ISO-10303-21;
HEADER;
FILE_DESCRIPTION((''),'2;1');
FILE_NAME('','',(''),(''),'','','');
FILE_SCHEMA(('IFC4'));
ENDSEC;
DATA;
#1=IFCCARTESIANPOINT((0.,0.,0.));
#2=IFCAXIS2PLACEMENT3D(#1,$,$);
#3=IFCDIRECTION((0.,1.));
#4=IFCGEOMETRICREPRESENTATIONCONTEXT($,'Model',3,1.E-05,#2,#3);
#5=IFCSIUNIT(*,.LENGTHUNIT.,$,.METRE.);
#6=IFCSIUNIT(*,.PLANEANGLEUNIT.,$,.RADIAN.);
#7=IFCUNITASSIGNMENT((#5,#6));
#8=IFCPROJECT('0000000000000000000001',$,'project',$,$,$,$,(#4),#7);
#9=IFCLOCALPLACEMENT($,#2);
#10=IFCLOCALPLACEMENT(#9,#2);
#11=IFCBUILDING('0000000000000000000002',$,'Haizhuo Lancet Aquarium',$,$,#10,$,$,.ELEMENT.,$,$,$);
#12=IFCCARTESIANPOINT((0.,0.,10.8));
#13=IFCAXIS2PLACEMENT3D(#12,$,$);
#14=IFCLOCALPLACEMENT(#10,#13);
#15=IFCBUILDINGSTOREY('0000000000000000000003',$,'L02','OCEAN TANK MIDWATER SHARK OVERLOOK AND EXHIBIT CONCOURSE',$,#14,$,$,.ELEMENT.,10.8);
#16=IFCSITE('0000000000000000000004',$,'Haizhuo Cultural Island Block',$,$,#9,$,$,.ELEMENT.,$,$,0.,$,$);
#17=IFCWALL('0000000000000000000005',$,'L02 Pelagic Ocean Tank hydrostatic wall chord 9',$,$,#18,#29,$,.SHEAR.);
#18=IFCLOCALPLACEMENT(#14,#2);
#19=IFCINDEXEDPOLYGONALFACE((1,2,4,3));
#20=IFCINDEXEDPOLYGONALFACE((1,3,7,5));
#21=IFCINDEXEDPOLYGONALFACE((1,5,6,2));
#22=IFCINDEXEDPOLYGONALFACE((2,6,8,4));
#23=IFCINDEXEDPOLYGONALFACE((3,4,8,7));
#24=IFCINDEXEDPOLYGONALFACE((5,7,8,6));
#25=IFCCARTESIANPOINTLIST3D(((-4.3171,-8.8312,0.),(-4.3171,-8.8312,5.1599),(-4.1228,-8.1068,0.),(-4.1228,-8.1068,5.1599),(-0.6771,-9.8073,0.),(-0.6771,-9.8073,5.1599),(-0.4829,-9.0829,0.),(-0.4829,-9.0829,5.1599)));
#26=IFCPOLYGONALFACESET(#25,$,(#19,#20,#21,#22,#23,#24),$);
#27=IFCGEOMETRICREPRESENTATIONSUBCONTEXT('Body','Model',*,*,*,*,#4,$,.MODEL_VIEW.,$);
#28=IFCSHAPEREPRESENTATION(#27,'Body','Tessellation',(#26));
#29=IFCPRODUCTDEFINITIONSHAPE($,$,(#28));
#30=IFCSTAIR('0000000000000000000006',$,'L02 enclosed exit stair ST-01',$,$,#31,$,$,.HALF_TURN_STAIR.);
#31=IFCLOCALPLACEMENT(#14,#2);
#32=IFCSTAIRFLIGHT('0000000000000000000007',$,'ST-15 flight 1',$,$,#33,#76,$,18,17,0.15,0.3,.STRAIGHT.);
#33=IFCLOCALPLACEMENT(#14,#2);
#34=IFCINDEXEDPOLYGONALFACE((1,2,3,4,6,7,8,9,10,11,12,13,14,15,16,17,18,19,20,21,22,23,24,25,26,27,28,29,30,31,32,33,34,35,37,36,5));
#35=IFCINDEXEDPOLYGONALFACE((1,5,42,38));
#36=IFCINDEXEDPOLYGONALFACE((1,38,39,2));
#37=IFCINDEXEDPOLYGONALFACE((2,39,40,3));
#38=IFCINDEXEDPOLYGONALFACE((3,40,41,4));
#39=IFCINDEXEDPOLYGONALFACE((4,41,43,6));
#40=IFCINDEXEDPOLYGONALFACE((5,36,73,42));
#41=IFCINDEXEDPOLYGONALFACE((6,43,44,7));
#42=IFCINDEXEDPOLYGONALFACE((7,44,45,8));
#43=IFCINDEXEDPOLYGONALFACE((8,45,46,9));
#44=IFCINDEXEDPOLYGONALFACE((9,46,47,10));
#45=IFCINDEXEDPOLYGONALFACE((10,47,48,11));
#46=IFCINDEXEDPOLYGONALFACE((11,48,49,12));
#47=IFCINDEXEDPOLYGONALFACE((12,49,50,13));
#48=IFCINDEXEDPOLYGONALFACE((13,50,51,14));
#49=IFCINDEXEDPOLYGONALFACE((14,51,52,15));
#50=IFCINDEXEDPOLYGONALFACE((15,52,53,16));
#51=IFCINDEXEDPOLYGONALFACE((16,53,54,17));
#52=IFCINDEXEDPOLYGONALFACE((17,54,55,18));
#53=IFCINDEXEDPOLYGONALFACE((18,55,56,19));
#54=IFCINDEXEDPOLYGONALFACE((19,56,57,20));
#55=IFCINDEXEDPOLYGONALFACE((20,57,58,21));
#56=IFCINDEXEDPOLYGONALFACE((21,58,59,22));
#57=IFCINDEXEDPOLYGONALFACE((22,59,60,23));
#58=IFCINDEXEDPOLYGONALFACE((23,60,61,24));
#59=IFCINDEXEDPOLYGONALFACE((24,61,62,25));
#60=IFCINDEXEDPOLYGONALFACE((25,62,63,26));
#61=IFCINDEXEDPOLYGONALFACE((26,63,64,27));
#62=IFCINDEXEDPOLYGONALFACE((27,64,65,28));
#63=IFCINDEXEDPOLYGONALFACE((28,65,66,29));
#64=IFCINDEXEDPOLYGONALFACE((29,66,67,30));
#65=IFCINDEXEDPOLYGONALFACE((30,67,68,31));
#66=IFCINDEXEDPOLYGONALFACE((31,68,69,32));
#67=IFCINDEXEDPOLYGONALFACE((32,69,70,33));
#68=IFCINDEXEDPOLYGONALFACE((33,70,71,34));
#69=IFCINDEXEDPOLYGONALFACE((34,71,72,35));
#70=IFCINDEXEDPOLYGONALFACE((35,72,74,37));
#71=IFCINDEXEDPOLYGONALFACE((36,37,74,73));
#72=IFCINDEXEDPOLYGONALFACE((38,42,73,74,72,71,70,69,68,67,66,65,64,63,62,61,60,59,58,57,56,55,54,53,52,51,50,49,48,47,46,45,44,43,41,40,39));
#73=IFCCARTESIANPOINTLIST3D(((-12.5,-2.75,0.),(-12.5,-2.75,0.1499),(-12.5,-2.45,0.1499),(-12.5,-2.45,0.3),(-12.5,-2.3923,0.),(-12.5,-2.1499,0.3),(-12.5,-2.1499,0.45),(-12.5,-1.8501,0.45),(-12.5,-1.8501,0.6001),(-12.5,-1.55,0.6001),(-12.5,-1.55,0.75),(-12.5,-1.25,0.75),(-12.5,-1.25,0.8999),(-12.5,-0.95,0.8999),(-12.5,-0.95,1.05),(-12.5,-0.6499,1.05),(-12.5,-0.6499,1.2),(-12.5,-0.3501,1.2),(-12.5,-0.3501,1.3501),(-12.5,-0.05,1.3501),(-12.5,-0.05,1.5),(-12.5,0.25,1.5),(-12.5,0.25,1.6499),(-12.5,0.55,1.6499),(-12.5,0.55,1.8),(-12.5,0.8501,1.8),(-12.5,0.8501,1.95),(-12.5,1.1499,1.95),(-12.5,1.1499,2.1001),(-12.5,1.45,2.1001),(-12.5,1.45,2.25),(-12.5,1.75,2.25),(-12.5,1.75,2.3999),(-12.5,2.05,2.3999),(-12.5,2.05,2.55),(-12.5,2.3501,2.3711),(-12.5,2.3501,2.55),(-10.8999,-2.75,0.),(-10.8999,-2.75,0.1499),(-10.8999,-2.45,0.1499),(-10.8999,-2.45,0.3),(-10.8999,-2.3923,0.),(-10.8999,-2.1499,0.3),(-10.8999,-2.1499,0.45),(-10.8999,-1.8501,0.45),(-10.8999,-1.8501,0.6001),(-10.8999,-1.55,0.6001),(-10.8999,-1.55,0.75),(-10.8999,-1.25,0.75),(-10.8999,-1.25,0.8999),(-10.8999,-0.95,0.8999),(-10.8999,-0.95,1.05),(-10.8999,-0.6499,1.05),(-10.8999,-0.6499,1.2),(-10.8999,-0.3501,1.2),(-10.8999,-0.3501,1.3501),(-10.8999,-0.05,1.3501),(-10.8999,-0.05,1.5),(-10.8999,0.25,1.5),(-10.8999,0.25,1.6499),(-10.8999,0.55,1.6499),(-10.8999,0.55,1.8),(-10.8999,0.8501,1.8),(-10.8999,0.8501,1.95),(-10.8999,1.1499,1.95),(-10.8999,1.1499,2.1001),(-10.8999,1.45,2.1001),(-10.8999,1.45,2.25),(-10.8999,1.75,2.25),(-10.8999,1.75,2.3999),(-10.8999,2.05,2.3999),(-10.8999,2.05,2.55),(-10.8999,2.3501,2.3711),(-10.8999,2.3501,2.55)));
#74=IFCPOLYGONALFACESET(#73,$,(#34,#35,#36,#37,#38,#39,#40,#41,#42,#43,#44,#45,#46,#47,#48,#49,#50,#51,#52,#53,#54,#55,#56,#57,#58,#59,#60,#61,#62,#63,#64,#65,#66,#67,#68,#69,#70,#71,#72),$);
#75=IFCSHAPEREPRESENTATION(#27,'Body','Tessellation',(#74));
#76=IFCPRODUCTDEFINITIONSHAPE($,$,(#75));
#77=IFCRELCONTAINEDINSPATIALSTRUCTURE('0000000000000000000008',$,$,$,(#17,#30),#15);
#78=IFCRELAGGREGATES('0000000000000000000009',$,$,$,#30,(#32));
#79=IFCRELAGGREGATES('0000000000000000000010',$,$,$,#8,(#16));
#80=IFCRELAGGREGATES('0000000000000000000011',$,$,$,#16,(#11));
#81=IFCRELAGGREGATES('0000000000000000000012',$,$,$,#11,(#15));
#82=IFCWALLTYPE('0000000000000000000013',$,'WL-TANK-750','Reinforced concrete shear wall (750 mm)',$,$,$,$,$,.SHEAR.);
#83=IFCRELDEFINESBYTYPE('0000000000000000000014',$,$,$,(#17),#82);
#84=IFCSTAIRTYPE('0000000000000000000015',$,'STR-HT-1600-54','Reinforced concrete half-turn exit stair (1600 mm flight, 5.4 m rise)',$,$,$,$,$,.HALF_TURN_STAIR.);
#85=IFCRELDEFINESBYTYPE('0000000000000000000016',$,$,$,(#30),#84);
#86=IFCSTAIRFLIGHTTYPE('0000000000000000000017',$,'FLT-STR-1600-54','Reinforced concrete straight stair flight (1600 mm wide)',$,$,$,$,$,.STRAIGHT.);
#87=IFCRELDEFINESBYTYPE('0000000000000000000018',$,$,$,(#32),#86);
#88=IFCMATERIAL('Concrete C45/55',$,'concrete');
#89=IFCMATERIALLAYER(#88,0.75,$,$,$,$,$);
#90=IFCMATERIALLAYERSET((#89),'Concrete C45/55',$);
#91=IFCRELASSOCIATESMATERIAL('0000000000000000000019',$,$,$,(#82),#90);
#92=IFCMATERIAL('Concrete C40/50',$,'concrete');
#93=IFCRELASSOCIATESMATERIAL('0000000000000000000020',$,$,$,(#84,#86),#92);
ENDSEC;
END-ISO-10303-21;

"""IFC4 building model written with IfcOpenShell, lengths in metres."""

from ifc_helpers import new_model, si_unit, direction, frame, frame_2d, origin, place, context, subcontext, project, spatial, polyline, rectangle, outline, extrude, material, layer, layer_set, type_object, element, aggregate, save


model = new_model("IFC4")

# Units and contexts
model_context = context("Model", 3, precision=1e-05, world=origin(), true_north=direction((0.0, 1.0)))
body_context = subcontext(model_context, "Body", "Model", "MODEL_VIEW")
ifc_project = project(units=[si_unit("LENGTHUNIT", "METRE"), si_unit("PLANEANGLEUNIT", "RADIAN")], contexts=[model_context])

# Site, building, storey
site_placement = place(None, origin())
site = spatial("IfcSite", under=ifc_project, at=site_placement, Name="Haizhuo Cultural Island Block", CompositionType="ELEMENT", RefElevation=0.0)
building_placement = place(site_placement, origin())
building = spatial("IfcBuilding", under=site, at=building_placement, Name="Haizhuo Lancet Aquarium", CompositionType="ELEMENT")
storey_placement = place(building_placement, frame((0.0, 0.0, 10.8)))
storey = spatial("IfcBuildingStorey", under=building, at=storey_placement, Name="L02", Description="OCEAN TANK MIDWATER SHARK OVERLOOK AND EXHIBIT CONCOURSE", CompositionType="ELEMENT", Elevation=10.8)

# Shared definitions
ifc_material_1 = material(Name="Concrete C40/50", Category="concrete")

# Wall
ifc_material_2 = material(Name="Concrete C45/55", Category="concrete")
ifc_layer_1 = layer(ifc_material_2, 0.75)
ifc_layer_set_1 = layer_set([ifc_layer_1], Name="Concrete C45/55")
wall_type_1 = type_object("IfcWallType", Name="WL-TANK-750", Description="Reinforced concrete shear wall (750 mm)", PredefinedType="SHEAR", material=ifc_layer_set_1)
wall_1_placement = place(storey_placement, frame((-4.22, -8.469, 0.0), z_axis=(0.0, 0.0, 1.0), x_axis=(0.965875, -0.259009, 0.0)))
element("IfcWall", 1, at=wall_1_placement, inside=storey, type_object=wall_type_1, Name="L02 Pelagic Ocean Tank hydrostatic wall chord 9", PredefinedType="SHEAR", context=body_context, shape_type="SweptSolid", body=[
    extrude(rectangle(XDim=3.7686, YDim=0.75, at=frame_2d((1.8843, 0.0))), origin(), (0.0, 0.0, 1.0), 5.1599),
])

# Stair, stair flight
stair_type = type_object("IfcStairType", Name="STR-HT-1600-54", Description="Reinforced concrete half-turn exit stair (1600 mm flight, 5.4 m rise)", PredefinedType="HALF_TURN_STAIR", material=ifc_material_1)
stair_placement = place(storey_placement, origin())
stair = element("IfcStair", 2, at=stair_placement, inside=storey, type_object=stair_type, Name="L02 enclosed exit stair ST-01", PredefinedType="HALF_TURN_STAIR")
stair_flight_type = type_object("IfcStairFlightType", Name="FLT-STR-1600-54", Description="Reinforced concrete straight stair flight (1600 mm wide)", PredefinedType="STRAIGHT", material=ifc_material_1)
stair_flight_placement = place(storey_placement, frame((-11.7, -2.75, 0.0), z_axis=(0.0, 0.0, 1.0), x_axis=(0.0, 1.0, 0.0)))
stair_flight = element("IfcStairFlight", 3, at=stair_flight_placement, type_object=stair_flight_type, Name="ST-15 flight 1", NumberOfRisers=18, NumberOfTreads=17, PredefinedType="STRAIGHT", RiserHeight=0.15, TreadLength=0.3, context=body_context, shape_type="SweptSolid", body=[
    extrude(outline(polyline([(0.0, 0.0), (0.0, 0.1499), (0.3, 0.1499), (0.3, 0.3), (0.6001, 0.3), (0.6001, 0.45), (0.8999, 0.45), (0.8999, 0.6001), (1.2, 0.6001), (1.2, 0.75), (1.5, 0.75), (1.5, 0.8999), (1.8, 0.8999), (1.8, 1.05), (2.1001, 1.05), (2.1001, 1.2), (2.3999, 1.2), (2.3999, 1.3501), (2.7, 1.3501), (2.7, 1.5), (3.0, 1.5), (3.0, 1.6499), (3.3, 1.6499), (3.3, 1.8), (3.6001, 1.8), (3.6001, 1.95), (3.8999, 1.95), (3.8999, 2.1001), (4.2, 2.1001), (4.2, 2.25), (4.5, 2.25), (4.5, 2.3999), (4.8, 2.3999), (4.8, 2.55), (5.1001, 2.55), (5.1001, 2.7), (5.1001, 2.3711), (0.3577, 0.0), (0.0, 0.0)])), frame((0.0, 0.8, 0.0), z_axis=(0.0, -1.0, 0.0), x_axis=(1.0, 0.0, 0.0)), (0.0, 0.0, 1.0), 1.6001),
])
aggregate(stair, [stair_flight])

save(model, "model.ifc")
